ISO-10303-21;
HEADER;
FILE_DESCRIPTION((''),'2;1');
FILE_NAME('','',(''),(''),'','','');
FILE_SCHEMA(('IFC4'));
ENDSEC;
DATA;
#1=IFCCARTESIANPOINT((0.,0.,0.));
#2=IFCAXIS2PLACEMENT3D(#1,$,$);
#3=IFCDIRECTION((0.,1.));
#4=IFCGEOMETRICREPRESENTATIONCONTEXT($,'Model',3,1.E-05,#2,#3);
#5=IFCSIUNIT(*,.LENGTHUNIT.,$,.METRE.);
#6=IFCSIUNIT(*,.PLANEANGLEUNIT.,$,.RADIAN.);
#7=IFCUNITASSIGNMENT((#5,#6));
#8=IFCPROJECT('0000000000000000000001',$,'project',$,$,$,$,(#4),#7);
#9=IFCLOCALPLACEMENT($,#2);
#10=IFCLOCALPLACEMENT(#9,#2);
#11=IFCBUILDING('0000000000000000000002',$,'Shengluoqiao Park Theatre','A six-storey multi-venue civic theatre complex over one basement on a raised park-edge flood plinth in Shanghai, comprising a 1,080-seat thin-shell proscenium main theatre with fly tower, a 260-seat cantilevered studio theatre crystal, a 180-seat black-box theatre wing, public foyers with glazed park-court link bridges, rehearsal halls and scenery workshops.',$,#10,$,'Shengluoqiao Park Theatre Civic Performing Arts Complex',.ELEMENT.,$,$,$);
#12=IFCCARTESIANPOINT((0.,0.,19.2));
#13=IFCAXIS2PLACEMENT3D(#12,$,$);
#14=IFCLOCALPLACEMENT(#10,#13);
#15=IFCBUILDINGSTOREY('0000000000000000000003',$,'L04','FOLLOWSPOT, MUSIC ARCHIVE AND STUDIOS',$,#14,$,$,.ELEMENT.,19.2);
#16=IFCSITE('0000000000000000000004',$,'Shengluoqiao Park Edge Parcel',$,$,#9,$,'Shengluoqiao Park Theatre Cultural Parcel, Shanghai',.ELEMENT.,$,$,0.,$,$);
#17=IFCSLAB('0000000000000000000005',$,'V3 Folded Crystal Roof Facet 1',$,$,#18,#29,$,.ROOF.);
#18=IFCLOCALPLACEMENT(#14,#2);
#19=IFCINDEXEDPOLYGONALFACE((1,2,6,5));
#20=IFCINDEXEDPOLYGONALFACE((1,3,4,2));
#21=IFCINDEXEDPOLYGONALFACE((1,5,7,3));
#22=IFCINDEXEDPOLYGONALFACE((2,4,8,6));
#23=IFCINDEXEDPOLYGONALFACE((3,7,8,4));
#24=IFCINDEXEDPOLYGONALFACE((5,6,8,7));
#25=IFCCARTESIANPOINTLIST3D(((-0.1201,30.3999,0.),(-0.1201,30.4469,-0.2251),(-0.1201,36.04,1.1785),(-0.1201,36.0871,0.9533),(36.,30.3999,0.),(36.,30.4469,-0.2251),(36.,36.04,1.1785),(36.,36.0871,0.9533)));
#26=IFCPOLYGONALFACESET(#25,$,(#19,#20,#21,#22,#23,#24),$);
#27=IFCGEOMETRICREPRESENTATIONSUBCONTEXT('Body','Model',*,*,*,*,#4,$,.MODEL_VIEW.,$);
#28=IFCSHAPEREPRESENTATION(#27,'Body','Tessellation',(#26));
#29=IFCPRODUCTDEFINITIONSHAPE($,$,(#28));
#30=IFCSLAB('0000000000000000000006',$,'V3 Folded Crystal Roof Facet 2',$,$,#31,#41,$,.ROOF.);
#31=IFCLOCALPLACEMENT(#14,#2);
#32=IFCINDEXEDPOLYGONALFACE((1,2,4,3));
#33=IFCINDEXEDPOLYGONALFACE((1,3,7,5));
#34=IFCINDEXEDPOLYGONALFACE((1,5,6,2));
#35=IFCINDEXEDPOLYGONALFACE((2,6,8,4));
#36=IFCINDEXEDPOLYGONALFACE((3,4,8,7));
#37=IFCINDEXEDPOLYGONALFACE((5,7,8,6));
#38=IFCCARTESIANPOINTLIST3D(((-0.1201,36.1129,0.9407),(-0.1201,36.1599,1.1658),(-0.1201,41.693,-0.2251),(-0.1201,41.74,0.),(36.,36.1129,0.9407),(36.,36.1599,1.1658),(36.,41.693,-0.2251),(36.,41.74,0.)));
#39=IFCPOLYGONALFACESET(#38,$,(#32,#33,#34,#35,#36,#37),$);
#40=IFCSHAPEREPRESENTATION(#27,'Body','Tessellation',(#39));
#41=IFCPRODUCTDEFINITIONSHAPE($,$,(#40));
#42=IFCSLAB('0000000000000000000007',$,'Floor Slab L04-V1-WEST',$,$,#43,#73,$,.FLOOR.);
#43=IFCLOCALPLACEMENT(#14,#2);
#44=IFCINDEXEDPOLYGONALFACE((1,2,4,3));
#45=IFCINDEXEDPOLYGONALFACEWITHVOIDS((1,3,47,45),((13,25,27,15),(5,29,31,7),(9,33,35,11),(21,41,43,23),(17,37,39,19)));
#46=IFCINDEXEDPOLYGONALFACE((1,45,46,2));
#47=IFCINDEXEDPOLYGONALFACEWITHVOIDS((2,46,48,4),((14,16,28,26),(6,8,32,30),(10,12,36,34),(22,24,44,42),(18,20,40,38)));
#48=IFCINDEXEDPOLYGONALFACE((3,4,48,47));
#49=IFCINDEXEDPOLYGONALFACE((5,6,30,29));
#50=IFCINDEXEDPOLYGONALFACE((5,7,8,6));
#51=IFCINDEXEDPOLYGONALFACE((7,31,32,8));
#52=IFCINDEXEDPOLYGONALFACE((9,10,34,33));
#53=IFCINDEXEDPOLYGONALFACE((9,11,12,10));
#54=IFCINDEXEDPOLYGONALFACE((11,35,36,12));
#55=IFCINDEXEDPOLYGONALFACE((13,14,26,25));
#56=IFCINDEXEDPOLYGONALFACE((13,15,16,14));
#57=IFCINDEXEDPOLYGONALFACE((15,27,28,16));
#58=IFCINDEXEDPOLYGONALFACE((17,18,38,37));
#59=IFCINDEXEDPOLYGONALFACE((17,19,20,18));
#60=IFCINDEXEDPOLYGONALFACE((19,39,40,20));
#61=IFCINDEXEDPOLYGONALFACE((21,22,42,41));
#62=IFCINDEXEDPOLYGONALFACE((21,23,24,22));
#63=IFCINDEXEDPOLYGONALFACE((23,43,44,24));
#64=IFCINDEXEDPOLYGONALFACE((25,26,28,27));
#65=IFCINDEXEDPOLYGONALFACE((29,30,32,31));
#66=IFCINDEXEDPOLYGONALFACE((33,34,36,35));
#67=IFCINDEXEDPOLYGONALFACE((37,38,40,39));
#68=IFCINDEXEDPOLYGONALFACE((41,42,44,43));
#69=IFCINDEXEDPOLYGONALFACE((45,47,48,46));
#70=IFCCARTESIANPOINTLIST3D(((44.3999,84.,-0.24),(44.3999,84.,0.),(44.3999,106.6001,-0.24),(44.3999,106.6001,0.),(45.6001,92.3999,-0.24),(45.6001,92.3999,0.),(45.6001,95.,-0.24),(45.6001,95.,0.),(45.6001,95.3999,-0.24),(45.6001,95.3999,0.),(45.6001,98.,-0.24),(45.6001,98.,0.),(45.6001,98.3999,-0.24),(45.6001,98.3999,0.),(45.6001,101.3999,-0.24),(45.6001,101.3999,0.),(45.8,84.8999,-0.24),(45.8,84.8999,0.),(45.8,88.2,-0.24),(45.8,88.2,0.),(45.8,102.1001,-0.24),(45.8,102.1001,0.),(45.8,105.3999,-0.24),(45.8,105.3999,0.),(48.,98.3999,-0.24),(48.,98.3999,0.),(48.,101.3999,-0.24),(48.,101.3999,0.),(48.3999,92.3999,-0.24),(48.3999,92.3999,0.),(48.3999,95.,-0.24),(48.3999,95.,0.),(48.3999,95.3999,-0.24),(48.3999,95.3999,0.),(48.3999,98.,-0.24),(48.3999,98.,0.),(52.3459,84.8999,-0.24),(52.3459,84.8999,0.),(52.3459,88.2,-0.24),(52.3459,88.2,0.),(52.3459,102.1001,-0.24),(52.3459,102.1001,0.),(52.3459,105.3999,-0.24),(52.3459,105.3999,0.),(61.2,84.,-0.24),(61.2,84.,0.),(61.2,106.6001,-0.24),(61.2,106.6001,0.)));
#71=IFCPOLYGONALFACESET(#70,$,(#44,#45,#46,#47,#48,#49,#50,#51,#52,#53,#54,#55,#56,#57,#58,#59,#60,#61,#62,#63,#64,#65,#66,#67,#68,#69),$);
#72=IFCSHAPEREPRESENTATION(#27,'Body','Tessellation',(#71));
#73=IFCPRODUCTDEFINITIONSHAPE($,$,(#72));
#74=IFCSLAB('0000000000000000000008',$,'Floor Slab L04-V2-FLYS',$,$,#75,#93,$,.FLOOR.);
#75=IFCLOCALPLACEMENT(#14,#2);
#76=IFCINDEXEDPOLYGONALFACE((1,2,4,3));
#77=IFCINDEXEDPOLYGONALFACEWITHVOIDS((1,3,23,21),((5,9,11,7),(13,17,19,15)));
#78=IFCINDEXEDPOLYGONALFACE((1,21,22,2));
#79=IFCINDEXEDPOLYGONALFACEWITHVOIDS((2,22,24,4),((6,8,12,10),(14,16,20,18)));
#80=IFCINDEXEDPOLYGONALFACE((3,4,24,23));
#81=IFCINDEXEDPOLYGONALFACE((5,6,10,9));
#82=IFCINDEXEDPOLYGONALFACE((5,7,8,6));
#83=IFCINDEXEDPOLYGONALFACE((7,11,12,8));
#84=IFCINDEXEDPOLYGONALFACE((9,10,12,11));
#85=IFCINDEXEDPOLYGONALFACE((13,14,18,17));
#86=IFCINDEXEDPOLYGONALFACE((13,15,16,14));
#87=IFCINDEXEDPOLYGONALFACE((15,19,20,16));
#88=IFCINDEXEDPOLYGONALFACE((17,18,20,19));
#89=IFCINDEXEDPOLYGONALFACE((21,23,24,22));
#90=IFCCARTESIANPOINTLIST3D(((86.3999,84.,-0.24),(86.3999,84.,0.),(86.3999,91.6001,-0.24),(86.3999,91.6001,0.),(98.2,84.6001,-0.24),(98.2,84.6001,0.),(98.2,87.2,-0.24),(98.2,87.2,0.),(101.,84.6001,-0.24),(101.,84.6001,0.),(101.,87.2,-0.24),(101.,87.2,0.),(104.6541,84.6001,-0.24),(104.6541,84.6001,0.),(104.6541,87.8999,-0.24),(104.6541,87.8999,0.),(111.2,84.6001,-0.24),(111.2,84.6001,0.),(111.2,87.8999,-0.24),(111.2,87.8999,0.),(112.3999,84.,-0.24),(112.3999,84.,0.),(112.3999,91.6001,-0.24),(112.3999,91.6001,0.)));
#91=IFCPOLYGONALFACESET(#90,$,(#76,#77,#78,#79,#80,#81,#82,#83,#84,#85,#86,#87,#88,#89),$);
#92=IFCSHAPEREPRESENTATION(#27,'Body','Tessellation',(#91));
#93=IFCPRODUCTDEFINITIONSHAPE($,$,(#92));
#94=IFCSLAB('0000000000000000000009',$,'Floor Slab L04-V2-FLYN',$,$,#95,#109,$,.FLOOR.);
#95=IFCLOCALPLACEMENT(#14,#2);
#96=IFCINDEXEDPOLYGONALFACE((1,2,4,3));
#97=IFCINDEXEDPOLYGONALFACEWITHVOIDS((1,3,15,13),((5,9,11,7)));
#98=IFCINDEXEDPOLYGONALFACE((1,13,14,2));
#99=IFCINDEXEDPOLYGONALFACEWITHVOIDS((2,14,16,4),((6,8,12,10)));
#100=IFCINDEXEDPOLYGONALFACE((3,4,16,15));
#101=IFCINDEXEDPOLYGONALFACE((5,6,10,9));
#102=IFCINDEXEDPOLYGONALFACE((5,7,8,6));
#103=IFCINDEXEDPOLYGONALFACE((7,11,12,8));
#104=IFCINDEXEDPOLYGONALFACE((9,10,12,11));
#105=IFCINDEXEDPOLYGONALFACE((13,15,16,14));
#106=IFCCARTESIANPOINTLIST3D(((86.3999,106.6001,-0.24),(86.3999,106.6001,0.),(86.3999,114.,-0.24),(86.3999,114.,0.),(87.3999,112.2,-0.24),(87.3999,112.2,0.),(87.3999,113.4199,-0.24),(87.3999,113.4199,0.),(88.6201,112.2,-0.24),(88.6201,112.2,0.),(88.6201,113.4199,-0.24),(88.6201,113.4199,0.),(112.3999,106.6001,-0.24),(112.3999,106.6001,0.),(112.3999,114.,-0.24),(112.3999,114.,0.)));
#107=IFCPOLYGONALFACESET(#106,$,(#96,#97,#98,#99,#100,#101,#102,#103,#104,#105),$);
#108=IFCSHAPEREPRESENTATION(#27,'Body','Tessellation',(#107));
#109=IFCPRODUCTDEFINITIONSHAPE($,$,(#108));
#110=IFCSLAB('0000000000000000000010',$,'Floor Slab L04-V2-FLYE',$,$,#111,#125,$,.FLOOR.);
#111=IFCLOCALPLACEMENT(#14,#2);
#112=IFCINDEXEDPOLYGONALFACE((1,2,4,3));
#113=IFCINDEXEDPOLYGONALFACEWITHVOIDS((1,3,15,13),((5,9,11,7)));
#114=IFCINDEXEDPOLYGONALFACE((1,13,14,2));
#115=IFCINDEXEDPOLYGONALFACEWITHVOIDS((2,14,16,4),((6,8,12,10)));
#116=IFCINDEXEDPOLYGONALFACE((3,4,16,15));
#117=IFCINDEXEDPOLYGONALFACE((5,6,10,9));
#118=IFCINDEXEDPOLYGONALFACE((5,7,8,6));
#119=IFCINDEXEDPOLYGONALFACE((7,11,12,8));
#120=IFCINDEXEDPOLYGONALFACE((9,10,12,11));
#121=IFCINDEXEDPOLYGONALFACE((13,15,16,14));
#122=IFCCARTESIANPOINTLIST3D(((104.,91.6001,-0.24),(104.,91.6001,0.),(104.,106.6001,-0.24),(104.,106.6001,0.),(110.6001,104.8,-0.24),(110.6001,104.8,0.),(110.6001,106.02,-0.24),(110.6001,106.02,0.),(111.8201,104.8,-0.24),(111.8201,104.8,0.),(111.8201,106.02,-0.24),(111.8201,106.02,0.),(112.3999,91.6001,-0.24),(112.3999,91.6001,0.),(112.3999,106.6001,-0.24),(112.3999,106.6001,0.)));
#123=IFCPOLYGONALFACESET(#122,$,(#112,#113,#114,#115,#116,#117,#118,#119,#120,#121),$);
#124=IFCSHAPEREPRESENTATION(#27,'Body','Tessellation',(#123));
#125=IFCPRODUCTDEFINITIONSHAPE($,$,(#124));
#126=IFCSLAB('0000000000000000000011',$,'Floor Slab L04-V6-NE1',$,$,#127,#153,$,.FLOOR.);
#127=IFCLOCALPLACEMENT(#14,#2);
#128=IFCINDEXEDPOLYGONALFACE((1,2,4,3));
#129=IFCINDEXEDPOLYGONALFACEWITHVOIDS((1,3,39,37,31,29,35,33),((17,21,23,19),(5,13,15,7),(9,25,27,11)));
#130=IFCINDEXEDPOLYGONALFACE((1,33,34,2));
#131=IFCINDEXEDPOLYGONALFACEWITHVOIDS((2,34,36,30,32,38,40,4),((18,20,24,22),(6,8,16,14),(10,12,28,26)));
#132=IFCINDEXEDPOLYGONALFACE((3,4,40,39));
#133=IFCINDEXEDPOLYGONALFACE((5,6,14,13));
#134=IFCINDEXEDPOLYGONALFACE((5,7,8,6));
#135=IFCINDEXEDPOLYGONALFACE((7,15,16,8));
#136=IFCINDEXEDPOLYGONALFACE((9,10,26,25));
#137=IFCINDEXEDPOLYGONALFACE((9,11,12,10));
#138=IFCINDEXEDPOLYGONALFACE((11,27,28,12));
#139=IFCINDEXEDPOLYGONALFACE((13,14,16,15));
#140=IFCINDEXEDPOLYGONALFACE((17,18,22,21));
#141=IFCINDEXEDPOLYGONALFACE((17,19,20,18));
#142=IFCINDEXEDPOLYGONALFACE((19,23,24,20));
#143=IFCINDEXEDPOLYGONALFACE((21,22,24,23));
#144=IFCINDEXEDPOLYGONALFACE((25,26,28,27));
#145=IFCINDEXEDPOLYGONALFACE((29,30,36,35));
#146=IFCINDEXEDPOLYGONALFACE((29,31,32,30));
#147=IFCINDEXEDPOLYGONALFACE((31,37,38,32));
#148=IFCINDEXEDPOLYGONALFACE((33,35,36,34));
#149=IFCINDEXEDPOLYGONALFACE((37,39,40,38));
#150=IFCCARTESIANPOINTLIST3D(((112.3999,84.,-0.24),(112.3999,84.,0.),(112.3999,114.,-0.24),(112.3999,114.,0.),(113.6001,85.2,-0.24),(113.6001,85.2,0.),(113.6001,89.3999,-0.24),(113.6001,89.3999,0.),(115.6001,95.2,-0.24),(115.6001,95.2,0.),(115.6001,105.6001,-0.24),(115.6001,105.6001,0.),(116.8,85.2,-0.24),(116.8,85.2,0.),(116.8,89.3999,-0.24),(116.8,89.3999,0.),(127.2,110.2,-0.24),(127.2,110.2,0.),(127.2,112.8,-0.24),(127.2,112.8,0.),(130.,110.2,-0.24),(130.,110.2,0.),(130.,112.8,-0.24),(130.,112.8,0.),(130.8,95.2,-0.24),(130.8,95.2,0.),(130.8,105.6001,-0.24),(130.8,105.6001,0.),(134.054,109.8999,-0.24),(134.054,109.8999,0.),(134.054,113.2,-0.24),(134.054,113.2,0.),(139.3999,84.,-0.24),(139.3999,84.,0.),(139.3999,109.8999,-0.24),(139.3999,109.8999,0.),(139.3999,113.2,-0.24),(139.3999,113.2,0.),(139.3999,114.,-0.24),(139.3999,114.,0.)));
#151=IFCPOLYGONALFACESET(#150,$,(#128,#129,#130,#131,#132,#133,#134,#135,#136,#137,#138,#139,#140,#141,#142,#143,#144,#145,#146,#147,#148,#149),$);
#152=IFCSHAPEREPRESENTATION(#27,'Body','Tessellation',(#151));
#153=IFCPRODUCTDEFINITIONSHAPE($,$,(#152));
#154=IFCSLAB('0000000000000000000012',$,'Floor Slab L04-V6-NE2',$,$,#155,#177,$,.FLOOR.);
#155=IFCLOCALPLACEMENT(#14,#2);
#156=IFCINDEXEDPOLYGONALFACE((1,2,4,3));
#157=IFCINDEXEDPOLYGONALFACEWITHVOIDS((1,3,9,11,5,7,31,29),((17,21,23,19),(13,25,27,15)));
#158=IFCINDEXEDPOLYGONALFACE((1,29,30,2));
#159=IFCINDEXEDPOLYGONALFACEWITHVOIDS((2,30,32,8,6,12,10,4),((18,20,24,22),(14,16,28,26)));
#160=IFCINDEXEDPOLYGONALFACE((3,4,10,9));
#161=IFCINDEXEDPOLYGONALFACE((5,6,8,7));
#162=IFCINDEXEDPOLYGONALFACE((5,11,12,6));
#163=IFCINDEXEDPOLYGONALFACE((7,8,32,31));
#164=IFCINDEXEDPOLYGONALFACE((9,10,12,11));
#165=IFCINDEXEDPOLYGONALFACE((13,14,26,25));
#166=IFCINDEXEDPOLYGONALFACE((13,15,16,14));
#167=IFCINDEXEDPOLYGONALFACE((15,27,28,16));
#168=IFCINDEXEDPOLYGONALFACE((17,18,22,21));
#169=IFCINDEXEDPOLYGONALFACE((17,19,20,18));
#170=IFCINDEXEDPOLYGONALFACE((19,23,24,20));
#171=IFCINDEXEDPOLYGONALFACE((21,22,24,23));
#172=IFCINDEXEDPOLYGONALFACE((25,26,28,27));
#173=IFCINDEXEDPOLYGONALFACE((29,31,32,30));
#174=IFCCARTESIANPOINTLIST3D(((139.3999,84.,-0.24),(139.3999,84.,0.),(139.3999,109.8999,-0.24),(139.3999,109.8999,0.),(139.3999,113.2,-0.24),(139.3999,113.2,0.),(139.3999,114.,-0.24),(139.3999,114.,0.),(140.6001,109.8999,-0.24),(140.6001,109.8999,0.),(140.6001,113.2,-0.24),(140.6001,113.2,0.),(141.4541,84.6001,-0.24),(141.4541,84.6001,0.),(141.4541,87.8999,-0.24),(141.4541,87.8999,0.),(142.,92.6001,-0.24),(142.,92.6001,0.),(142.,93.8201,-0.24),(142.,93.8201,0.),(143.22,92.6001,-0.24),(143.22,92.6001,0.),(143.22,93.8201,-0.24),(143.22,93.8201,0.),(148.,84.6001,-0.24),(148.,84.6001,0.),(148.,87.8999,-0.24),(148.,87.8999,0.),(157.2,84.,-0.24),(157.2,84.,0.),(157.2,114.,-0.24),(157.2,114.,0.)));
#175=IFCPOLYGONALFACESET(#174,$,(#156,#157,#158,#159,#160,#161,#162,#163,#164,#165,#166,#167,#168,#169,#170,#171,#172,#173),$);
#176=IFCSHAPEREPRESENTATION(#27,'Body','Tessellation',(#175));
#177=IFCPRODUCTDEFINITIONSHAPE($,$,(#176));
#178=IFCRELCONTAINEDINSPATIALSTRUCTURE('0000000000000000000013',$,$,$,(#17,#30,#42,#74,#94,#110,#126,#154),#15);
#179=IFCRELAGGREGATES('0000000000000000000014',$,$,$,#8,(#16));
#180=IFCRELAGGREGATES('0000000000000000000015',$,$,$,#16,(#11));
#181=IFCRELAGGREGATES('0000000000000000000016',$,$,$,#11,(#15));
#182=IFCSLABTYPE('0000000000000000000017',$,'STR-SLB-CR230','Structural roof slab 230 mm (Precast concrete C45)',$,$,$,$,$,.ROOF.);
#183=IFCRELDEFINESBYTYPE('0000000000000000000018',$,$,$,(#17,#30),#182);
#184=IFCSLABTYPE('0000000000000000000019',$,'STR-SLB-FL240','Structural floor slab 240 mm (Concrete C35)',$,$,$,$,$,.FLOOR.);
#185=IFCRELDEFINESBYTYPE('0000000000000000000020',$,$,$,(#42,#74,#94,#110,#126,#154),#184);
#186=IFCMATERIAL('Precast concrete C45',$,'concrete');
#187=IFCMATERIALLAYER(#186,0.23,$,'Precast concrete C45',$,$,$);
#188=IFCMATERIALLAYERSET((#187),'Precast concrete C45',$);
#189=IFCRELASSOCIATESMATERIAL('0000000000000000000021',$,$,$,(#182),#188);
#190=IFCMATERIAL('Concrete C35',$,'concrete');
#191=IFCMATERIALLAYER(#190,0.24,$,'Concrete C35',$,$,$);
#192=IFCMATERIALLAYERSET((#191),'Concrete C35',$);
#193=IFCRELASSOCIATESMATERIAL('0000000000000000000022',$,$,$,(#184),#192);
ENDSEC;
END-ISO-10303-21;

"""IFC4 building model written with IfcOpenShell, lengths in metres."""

from ifc_helpers import new_model, si_unit, direction, frame, origin, place, context, subcontext, project, spatial, polyline, outline, extrude, material, layer, layer_set, type_object, element, save


model = new_model("IFC4")

# Units and contexts
model_context = context("Model", 3, precision=1e-05, world=origin(), true_north=direction((0.0, 1.0)))
body_context = subcontext(model_context, "Body", "Model", "MODEL_VIEW")
ifc_project = project(units=[si_unit("LENGTHUNIT", "METRE"), si_unit("PLANEANGLEUNIT", "RADIAN")], contexts=[model_context])

# Site, building, storey
site_placement = place(None, origin())
site = spatial("IfcSite", under=ifc_project, at=site_placement, Name="Shengluoqiao Park Edge Parcel", LongName="Shengluoqiao Park Theatre Cultural Parcel, Shanghai", CompositionType="ELEMENT", RefElevation=0.0)
building_placement = place(site_placement, origin())
building = spatial("IfcBuilding", under=site, at=building_placement, Name="Shengluoqiao Park Theatre", Description="A six-storey multi-venue civic theatre complex over one basement on a raised park-edge flood plinth in Shanghai, comprising a 1,080-seat thin-shell proscenium main theatre with fly tower, a 260-seat cantilevered studio theatre crystal, a 180-seat black-box theatre wing, public foyers with glazed park-court link bridges, rehearsal halls and scenery workshops.", LongName="Shengluoqiao Park Theatre Civic Performing Arts Complex", CompositionType="ELEMENT")
storey_placement = place(building_placement, frame((0.0, 0.0, 19.2)))
storey = spatial("IfcBuildingStorey", under=building, at=storey_placement, Name="L04", Description="FOLLOWSPOT, MUSIC ARCHIVE AND STUDIOS", CompositionType="ELEMENT", Elevation=19.2)

# Slabs
ifc_material_1 = material(Name="Precast concrete C45", Category="concrete")
ifc_layer_1 = layer(ifc_material_1, 0.23, Name="Precast concrete C45")
ifc_layer_set_1 = layer_set([ifc_layer_1], Name="Precast concrete C45")
slab_type_1 = type_object("IfcSlabType", Name="STR-SLB-CR230", Description="Structural roof slab 230 mm (Precast concrete C45)", PredefinedType="ROOF", material=ifc_layer_set_1)
slab_1_placement = place(storey_placement, frame((-0.1201, 30.3999, 0.0), z_axis=(0.0, -0.204526, 0.978861), x_axis=(1.0, 0.0, 0.0)))
element("IfcSlab", 1, at=slab_1_placement, inside=storey, type_object=slab_type_1, Name="V3 Folded Crystal Roof Facet 1", PredefinedType="ROOF", context=body_context, shape_type="SweptSolid", body=[
    extrude(outline(polyline([(0.0, 0.0), (36.1201, 0.0), (36.1201, 5.7619), (0.0, 5.7619), (0.0, 0.0)])), origin(), (0.0, 0.0, -1.0), 0.23),
])
slab_2_placement = place(storey_placement, frame((-0.1201, 36.1599, 1.1658), z_axis=(0.0, 0.204502, 0.978866), x_axis=(1.0, 0.0, 0.0)))
element("IfcSlab", 2, at=slab_2_placement, inside=storey, type_object=slab_type_1, Name="V3 Folded Crystal Roof Facet 2", PredefinedType="ROOF", context=body_context, shape_type="SweptSolid", body=[
    extrude(outline(polyline([(0.0, 0.0), (36.1201, 0.0), (36.1201, 5.7006), (0.0, 5.7006), (0.0, 0.0)])), origin(), (0.0, 0.0, -1.0), 0.23),
])
ifc_material_2 = material(Name="Concrete C35", Category="concrete")
ifc_layer_2 = layer(ifc_material_2, 0.24, Name="Concrete C35")
ifc_layer_set_2 = layer_set([ifc_layer_2], Name="Concrete C35")
slab_type_2 = type_object("IfcSlabType", Name="STR-SLB-FL240", Description="Structural floor slab 240 mm (Concrete C35)", PredefinedType="FLOOR", material=ifc_layer_set_2)
slab_3_placement = place(storey_placement, frame((0.0, 0.0, -0.24)))
element("IfcSlab", 3, at=slab_3_placement, inside=storey, type_object=slab_type_2, Name="Floor Slab L04-V1-WEST", PredefinedType="FLOOR", context=body_context, shape_type="SweptSolid", body=[
    extrude(outline(polyline([(44.3999, 84.0), (44.3999, 106.6001), (61.2, 106.6001), (61.2, 84.0), (44.3999, 84.0)]), holes=[polyline([(45.8, 88.2), (45.8, 84.8999), (52.3459, 84.8999), (52.3459, 88.2), (45.8, 88.2)]), polyline([(48.3999, 95.0), (45.6001, 95.0), (45.6001, 92.3999), (48.3999, 92.3999), (48.3999, 95.0)]), polyline([(48.3999, 98.0), (45.6001, 98.0), (45.6001, 95.3999), (48.3999, 95.3999), (48.3999, 98.0)]), polyline([(48.0, 101.3999), (45.6001, 101.3999), (45.6001, 98.3999), (48.0, 98.3999), (48.0, 101.3999)]), polyline([(45.8, 105.3999), (45.8, 102.1001), (52.3459, 102.1001), (52.3459, 105.3999), (45.8, 105.3999)])]), origin(), (0.0, 0.0, 1.0), 0.24),
])
slab_4_placement = place(storey_placement, frame((0.0, 0.0, -0.24)))
element("IfcSlab", 4, at=slab_4_placement, inside=storey, type_object=slab_type_2, Name="Floor Slab L04-V2-FLYS", PredefinedType="FLOOR", context=body_context, shape_type="SweptSolid", body=[
    extrude(outline(polyline([(86.3999, 84.0), (86.3999, 91.6001), (112.3999, 91.6001), (112.3999, 84.0), (86.3999, 84.0)]), holes=[polyline([(98.2, 87.2), (98.2, 84.6001), (101.0, 84.6001), (101.0, 87.2), (98.2, 87.2)]), polyline([(111.2, 84.6001), (111.2, 87.8999), (104.6541, 87.8999), (104.6541, 84.6001), (111.2, 84.6001)])]), origin(), (0.0, 0.0, 1.0), 0.24),
])
slab_5_placement = place(storey_placement, frame((0.0, 0.0, -0.24)))
element("IfcSlab", 5, at=slab_5_placement, inside=storey, type_object=slab_type_2, Name="Floor Slab L04-V2-FLYN", PredefinedType="FLOOR", context=body_context, shape_type="SweptSolid", body=[
    extrude(outline(polyline([(86.3999, 106.6001), (86.3999, 114.0), (112.3999, 114.0), (112.3999, 106.6001), (86.3999, 106.6001)]), holes=[polyline([(88.6201, 113.4199), (87.3999, 113.4199), (87.3999, 112.2), (88.6201, 112.2), (88.6201, 113.4199)])]), origin(), (0.0, 0.0, 1.0), 0.24),
])
slab_6_placement = place(storey_placement, frame((0.0, 0.0, -0.24)))
element("IfcSlab", 6, at=slab_6_placement, inside=storey, type_object=slab_type_2, Name="Floor Slab L04-V2-FLYE", PredefinedType="FLOOR", context=body_context, shape_type="SweptSolid", body=[
    extrude(outline(polyline([(104.0, 91.6001), (104.0, 106.6001), (112.3999, 106.6001), (112.3999, 91.6001), (104.0, 91.6001)]), holes=[polyline([(111.8201, 106.02), (110.6001, 106.02), (110.6001, 104.8), (111.8201, 104.8), (111.8201, 106.02)])]), origin(), (0.0, 0.0, 1.0), 0.24),
])
slab_7_placement = place(storey_placement, frame((0.0, 0.0, -0.24)))
element("IfcSlab", 7, at=slab_7_placement, inside=storey, type_object=slab_type_2, Name="Floor Slab L04-V6-NE1", PredefinedType="FLOOR", context=body_context, shape_type="SweptSolid", body=[
    extrude(outline(polyline([(139.3999, 84.0), (112.3999, 84.0), (112.3999, 114.0), (139.3999, 114.0), (139.3999, 113.2), (134.054, 113.2), (134.054, 109.8999), (139.3999, 109.8999), (139.3999, 84.0)]), holes=[polyline([(116.8, 89.3999), (113.6001, 89.3999), (113.6001, 85.2), (116.8, 85.2), (116.8, 89.3999)]), polyline([(130.8, 105.6001), (115.6001, 105.6001), (115.6001, 95.2), (130.8, 95.2), (130.8, 105.6001)]), polyline([(130.0, 112.8), (127.2, 112.8), (127.2, 110.2), (130.0, 110.2), (130.0, 112.8)])]), origin(), (0.0, 0.0, 1.0), 0.24),
])
slab_8_placement = place(storey_placement, frame((0.0, 0.0, -0.24)))
element("IfcSlab", 8, at=slab_8_placement, inside=storey, type_object=slab_type_2, Name="Floor Slab L04-V6-NE2", PredefinedType="FLOOR", context=body_context, shape_type="SweptSolid", body=[
    extrude(outline(polyline([(139.3999, 114.0), (157.2, 114.0), (157.2, 84.0), (139.3999, 84.0), (139.3999, 109.8999), (140.6001, 109.8999), (140.6001, 113.2), (139.3999, 113.2), (139.3999, 114.0)]), holes=[polyline([(148.0, 84.6001), (148.0, 87.8999), (141.4541, 87.8999), (141.4541, 84.6001), (148.0, 84.6001)]), polyline([(143.22, 93.8201), (142.0, 93.8201), (142.0, 92.6001), (143.22, 92.6001), (143.22, 93.8201)])]), origin(), (0.0, 0.0, 1.0), 0.24),
])

save(model, "model.ifc")
